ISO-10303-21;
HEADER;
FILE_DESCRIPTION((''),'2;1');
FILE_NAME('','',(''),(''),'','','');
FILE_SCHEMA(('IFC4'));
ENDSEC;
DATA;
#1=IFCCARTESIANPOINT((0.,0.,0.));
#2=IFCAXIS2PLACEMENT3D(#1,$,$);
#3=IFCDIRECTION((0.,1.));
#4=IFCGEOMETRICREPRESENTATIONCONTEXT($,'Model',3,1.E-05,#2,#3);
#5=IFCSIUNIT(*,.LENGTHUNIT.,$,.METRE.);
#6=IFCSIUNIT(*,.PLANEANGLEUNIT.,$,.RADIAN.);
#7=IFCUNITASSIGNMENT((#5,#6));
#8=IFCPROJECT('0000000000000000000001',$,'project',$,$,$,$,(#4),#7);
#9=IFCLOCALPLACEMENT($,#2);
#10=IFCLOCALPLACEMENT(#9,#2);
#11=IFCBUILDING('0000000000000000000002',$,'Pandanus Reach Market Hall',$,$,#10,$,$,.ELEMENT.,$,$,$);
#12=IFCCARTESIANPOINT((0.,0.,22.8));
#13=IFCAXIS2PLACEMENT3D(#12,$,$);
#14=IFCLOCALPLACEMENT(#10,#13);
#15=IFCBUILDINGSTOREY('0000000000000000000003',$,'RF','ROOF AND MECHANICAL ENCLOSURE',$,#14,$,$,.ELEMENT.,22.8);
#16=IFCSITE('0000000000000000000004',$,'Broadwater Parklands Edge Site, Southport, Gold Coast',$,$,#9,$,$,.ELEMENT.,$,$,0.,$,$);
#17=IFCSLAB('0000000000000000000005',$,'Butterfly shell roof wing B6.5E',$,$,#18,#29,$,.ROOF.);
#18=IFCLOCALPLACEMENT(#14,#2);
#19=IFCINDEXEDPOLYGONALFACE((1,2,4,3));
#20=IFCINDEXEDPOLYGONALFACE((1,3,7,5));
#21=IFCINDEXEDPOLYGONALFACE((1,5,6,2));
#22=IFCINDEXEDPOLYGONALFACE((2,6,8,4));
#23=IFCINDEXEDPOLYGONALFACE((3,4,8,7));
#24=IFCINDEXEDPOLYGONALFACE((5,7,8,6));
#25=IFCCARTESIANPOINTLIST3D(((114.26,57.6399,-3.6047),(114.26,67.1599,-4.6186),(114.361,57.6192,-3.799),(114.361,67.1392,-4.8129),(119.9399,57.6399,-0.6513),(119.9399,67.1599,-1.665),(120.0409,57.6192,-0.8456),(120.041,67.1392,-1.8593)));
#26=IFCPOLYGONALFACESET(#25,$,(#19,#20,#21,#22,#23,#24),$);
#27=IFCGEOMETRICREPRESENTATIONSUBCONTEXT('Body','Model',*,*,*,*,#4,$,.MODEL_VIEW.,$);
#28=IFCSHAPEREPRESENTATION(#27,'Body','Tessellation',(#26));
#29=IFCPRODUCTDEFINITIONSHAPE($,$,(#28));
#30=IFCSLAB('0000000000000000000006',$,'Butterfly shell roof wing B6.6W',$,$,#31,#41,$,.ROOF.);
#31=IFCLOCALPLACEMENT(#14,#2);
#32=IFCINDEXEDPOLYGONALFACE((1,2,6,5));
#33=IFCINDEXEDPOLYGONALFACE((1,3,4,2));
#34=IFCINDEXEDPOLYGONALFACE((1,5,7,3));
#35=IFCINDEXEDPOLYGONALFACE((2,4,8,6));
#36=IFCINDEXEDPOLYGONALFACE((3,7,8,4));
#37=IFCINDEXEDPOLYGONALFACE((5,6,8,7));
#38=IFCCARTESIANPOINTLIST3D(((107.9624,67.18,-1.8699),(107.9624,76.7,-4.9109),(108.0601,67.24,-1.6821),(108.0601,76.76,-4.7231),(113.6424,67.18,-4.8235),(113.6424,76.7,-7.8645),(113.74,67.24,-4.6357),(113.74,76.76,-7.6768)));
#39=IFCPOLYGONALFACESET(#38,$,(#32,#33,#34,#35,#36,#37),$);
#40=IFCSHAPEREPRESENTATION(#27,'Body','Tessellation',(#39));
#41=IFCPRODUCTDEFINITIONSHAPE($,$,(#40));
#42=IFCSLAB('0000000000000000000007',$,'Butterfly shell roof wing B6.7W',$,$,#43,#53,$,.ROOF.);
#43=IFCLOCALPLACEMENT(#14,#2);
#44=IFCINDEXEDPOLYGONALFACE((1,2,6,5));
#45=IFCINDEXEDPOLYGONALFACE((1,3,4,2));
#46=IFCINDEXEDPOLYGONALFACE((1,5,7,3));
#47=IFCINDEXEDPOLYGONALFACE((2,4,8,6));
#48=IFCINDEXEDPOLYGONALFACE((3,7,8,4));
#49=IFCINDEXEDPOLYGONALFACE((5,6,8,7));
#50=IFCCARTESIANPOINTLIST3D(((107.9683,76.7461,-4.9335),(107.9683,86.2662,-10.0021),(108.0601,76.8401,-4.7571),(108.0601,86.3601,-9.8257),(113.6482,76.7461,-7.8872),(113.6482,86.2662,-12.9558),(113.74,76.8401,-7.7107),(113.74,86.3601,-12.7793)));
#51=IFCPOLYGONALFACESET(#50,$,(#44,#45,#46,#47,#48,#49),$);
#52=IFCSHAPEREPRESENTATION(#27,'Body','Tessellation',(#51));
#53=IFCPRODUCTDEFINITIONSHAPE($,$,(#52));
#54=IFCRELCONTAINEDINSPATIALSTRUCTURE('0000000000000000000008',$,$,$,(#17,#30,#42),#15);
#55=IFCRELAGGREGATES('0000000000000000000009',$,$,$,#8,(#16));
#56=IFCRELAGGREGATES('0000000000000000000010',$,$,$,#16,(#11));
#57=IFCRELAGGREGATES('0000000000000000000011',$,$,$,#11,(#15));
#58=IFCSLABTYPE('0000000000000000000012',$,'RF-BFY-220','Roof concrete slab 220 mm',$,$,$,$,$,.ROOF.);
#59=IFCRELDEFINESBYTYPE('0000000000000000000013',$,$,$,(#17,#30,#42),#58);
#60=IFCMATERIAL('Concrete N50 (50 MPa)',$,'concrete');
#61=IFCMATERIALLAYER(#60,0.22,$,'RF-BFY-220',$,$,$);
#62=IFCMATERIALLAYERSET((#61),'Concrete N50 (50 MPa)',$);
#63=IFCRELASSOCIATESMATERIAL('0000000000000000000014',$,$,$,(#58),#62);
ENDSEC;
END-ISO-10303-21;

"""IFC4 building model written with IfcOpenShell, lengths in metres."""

from ifc_helpers import new_model, si_unit, direction, frame, origin, place, context, subcontext, project, spatial, polyline, outline, extrude, material, layer, layer_set, type_object, element, save


model = new_model("IFC4")

# Units and contexts
model_context = context("Model", 3, precision=1e-05, world=origin(), true_north=direction((0.0, 1.0)))
body_context = subcontext(model_context, "Body", "Model", "MODEL_VIEW")
ifc_project = project(units=[si_unit("LENGTHUNIT", "METRE"), si_unit("PLANEANGLEUNIT", "RADIAN")], contexts=[model_context])

# Site, building, storey
site_placement = place(None, origin())
site = spatial("IfcSite", under=ifc_project, at=site_placement, Name="Broadwater Parklands Edge Site, Southport, Gold Coast", CompositionType="ELEMENT", RefElevation=0.0)
building_placement = place(site_placement, origin())
building = spatial("IfcBuilding", under=site, at=building_placement, Name="Pandanus Reach Market Hall", CompositionType="ELEMENT")
storey_placement = place(building_placement, frame((0.0, 0.0, 22.8)))
storey = spatial("IfcBuildingStorey", under=building, at=storey_placement, Name="RF", Description="ROOF AND MECHANICAL ENCLOSURE", CompositionType="ELEMENT", Elevation=22.8)

# Slabs
ifc_material = material(Name="Concrete N50 (50 MPa)", Category="concrete")
ifc_layer_1 = layer(ifc_material, 0.22, Name="RF-BFY-220")
ifc_layer_set_1 = layer_set([ifc_layer_1], Name="Concrete N50 (50 MPa)")
slab_type_1 = type_object("IfcSlabType", Name="RF-BFY-220", Description="Roof concrete slab 220 mm", PredefinedType="ROOF", material=ifc_layer_set_1)
slab_1_placement = place(storey_placement, frame((114.26, 57.6399, -3.6047), z_axis=(-0.459298, 0.094062, 0.883288), x_axis=(0.887222, 0.000002, 0.461344)))
element("IfcSlab", 1, at=slab_1_placement, inside=storey, type_object=slab_type_1, Name="Butterfly shell roof wing B6.5E", PredefinedType="ROOF", context=body_context, shape_type="SweptSolid", body=[
    extrude(outline(polyline([(0.0, 0.0), (6.4019, 0.0), (5.9342, 9.5624), (-0.4677, 9.5624), (0.0, 0.0)])), origin(), (0.0, 0.0, -1.0), 0.22),
])
slab_2_placement = place(storey_placement, frame((108.0601, 67.24, -1.6821), z_axis=(0.443877, 0.272667, 0.853596), x_axis=(0.887214, 0.0, -0.461359)))
element("IfcSlab", 2, at=slab_2_placement, inside=storey, type_object=slab_type_1, Name="Butterfly shell roof wing B6.6W", PredefinedType="ROOF", context=body_context, shape_type="SweptSolid", body=[
    extrude(outline(polyline([(0.0, 0.0), (6.402, 0.0), (7.805, 9.895), (1.403, 9.895), (0.0, 0.0)])), origin(), (0.0, 0.0, -1.0), 0.22),
])
slab_3_placement = place(storey_placement, frame((108.0601, 76.8401, -4.7571), z_axis=(0.41716, 0.427113, 0.802217), x_axis=(0.887214, 0.0, -0.461359)))
element("IfcSlab", 3, at=slab_3_placement, inside=storey, type_object=slab_type_1, Name="Butterfly shell roof wing B6.7W", PredefinedType="ROOF", context=body_context, shape_type="SweptSolid", body=[
    extrude(outline(polyline([(0.0, 0.0), (6.402, 0.0), (8.7404, 10.5287), (2.3384, 10.5287), (0.0, 0.0)])), origin(), (0.0, 0.0, -1.0), 0.22),
])

save(model, "model.ifc")
